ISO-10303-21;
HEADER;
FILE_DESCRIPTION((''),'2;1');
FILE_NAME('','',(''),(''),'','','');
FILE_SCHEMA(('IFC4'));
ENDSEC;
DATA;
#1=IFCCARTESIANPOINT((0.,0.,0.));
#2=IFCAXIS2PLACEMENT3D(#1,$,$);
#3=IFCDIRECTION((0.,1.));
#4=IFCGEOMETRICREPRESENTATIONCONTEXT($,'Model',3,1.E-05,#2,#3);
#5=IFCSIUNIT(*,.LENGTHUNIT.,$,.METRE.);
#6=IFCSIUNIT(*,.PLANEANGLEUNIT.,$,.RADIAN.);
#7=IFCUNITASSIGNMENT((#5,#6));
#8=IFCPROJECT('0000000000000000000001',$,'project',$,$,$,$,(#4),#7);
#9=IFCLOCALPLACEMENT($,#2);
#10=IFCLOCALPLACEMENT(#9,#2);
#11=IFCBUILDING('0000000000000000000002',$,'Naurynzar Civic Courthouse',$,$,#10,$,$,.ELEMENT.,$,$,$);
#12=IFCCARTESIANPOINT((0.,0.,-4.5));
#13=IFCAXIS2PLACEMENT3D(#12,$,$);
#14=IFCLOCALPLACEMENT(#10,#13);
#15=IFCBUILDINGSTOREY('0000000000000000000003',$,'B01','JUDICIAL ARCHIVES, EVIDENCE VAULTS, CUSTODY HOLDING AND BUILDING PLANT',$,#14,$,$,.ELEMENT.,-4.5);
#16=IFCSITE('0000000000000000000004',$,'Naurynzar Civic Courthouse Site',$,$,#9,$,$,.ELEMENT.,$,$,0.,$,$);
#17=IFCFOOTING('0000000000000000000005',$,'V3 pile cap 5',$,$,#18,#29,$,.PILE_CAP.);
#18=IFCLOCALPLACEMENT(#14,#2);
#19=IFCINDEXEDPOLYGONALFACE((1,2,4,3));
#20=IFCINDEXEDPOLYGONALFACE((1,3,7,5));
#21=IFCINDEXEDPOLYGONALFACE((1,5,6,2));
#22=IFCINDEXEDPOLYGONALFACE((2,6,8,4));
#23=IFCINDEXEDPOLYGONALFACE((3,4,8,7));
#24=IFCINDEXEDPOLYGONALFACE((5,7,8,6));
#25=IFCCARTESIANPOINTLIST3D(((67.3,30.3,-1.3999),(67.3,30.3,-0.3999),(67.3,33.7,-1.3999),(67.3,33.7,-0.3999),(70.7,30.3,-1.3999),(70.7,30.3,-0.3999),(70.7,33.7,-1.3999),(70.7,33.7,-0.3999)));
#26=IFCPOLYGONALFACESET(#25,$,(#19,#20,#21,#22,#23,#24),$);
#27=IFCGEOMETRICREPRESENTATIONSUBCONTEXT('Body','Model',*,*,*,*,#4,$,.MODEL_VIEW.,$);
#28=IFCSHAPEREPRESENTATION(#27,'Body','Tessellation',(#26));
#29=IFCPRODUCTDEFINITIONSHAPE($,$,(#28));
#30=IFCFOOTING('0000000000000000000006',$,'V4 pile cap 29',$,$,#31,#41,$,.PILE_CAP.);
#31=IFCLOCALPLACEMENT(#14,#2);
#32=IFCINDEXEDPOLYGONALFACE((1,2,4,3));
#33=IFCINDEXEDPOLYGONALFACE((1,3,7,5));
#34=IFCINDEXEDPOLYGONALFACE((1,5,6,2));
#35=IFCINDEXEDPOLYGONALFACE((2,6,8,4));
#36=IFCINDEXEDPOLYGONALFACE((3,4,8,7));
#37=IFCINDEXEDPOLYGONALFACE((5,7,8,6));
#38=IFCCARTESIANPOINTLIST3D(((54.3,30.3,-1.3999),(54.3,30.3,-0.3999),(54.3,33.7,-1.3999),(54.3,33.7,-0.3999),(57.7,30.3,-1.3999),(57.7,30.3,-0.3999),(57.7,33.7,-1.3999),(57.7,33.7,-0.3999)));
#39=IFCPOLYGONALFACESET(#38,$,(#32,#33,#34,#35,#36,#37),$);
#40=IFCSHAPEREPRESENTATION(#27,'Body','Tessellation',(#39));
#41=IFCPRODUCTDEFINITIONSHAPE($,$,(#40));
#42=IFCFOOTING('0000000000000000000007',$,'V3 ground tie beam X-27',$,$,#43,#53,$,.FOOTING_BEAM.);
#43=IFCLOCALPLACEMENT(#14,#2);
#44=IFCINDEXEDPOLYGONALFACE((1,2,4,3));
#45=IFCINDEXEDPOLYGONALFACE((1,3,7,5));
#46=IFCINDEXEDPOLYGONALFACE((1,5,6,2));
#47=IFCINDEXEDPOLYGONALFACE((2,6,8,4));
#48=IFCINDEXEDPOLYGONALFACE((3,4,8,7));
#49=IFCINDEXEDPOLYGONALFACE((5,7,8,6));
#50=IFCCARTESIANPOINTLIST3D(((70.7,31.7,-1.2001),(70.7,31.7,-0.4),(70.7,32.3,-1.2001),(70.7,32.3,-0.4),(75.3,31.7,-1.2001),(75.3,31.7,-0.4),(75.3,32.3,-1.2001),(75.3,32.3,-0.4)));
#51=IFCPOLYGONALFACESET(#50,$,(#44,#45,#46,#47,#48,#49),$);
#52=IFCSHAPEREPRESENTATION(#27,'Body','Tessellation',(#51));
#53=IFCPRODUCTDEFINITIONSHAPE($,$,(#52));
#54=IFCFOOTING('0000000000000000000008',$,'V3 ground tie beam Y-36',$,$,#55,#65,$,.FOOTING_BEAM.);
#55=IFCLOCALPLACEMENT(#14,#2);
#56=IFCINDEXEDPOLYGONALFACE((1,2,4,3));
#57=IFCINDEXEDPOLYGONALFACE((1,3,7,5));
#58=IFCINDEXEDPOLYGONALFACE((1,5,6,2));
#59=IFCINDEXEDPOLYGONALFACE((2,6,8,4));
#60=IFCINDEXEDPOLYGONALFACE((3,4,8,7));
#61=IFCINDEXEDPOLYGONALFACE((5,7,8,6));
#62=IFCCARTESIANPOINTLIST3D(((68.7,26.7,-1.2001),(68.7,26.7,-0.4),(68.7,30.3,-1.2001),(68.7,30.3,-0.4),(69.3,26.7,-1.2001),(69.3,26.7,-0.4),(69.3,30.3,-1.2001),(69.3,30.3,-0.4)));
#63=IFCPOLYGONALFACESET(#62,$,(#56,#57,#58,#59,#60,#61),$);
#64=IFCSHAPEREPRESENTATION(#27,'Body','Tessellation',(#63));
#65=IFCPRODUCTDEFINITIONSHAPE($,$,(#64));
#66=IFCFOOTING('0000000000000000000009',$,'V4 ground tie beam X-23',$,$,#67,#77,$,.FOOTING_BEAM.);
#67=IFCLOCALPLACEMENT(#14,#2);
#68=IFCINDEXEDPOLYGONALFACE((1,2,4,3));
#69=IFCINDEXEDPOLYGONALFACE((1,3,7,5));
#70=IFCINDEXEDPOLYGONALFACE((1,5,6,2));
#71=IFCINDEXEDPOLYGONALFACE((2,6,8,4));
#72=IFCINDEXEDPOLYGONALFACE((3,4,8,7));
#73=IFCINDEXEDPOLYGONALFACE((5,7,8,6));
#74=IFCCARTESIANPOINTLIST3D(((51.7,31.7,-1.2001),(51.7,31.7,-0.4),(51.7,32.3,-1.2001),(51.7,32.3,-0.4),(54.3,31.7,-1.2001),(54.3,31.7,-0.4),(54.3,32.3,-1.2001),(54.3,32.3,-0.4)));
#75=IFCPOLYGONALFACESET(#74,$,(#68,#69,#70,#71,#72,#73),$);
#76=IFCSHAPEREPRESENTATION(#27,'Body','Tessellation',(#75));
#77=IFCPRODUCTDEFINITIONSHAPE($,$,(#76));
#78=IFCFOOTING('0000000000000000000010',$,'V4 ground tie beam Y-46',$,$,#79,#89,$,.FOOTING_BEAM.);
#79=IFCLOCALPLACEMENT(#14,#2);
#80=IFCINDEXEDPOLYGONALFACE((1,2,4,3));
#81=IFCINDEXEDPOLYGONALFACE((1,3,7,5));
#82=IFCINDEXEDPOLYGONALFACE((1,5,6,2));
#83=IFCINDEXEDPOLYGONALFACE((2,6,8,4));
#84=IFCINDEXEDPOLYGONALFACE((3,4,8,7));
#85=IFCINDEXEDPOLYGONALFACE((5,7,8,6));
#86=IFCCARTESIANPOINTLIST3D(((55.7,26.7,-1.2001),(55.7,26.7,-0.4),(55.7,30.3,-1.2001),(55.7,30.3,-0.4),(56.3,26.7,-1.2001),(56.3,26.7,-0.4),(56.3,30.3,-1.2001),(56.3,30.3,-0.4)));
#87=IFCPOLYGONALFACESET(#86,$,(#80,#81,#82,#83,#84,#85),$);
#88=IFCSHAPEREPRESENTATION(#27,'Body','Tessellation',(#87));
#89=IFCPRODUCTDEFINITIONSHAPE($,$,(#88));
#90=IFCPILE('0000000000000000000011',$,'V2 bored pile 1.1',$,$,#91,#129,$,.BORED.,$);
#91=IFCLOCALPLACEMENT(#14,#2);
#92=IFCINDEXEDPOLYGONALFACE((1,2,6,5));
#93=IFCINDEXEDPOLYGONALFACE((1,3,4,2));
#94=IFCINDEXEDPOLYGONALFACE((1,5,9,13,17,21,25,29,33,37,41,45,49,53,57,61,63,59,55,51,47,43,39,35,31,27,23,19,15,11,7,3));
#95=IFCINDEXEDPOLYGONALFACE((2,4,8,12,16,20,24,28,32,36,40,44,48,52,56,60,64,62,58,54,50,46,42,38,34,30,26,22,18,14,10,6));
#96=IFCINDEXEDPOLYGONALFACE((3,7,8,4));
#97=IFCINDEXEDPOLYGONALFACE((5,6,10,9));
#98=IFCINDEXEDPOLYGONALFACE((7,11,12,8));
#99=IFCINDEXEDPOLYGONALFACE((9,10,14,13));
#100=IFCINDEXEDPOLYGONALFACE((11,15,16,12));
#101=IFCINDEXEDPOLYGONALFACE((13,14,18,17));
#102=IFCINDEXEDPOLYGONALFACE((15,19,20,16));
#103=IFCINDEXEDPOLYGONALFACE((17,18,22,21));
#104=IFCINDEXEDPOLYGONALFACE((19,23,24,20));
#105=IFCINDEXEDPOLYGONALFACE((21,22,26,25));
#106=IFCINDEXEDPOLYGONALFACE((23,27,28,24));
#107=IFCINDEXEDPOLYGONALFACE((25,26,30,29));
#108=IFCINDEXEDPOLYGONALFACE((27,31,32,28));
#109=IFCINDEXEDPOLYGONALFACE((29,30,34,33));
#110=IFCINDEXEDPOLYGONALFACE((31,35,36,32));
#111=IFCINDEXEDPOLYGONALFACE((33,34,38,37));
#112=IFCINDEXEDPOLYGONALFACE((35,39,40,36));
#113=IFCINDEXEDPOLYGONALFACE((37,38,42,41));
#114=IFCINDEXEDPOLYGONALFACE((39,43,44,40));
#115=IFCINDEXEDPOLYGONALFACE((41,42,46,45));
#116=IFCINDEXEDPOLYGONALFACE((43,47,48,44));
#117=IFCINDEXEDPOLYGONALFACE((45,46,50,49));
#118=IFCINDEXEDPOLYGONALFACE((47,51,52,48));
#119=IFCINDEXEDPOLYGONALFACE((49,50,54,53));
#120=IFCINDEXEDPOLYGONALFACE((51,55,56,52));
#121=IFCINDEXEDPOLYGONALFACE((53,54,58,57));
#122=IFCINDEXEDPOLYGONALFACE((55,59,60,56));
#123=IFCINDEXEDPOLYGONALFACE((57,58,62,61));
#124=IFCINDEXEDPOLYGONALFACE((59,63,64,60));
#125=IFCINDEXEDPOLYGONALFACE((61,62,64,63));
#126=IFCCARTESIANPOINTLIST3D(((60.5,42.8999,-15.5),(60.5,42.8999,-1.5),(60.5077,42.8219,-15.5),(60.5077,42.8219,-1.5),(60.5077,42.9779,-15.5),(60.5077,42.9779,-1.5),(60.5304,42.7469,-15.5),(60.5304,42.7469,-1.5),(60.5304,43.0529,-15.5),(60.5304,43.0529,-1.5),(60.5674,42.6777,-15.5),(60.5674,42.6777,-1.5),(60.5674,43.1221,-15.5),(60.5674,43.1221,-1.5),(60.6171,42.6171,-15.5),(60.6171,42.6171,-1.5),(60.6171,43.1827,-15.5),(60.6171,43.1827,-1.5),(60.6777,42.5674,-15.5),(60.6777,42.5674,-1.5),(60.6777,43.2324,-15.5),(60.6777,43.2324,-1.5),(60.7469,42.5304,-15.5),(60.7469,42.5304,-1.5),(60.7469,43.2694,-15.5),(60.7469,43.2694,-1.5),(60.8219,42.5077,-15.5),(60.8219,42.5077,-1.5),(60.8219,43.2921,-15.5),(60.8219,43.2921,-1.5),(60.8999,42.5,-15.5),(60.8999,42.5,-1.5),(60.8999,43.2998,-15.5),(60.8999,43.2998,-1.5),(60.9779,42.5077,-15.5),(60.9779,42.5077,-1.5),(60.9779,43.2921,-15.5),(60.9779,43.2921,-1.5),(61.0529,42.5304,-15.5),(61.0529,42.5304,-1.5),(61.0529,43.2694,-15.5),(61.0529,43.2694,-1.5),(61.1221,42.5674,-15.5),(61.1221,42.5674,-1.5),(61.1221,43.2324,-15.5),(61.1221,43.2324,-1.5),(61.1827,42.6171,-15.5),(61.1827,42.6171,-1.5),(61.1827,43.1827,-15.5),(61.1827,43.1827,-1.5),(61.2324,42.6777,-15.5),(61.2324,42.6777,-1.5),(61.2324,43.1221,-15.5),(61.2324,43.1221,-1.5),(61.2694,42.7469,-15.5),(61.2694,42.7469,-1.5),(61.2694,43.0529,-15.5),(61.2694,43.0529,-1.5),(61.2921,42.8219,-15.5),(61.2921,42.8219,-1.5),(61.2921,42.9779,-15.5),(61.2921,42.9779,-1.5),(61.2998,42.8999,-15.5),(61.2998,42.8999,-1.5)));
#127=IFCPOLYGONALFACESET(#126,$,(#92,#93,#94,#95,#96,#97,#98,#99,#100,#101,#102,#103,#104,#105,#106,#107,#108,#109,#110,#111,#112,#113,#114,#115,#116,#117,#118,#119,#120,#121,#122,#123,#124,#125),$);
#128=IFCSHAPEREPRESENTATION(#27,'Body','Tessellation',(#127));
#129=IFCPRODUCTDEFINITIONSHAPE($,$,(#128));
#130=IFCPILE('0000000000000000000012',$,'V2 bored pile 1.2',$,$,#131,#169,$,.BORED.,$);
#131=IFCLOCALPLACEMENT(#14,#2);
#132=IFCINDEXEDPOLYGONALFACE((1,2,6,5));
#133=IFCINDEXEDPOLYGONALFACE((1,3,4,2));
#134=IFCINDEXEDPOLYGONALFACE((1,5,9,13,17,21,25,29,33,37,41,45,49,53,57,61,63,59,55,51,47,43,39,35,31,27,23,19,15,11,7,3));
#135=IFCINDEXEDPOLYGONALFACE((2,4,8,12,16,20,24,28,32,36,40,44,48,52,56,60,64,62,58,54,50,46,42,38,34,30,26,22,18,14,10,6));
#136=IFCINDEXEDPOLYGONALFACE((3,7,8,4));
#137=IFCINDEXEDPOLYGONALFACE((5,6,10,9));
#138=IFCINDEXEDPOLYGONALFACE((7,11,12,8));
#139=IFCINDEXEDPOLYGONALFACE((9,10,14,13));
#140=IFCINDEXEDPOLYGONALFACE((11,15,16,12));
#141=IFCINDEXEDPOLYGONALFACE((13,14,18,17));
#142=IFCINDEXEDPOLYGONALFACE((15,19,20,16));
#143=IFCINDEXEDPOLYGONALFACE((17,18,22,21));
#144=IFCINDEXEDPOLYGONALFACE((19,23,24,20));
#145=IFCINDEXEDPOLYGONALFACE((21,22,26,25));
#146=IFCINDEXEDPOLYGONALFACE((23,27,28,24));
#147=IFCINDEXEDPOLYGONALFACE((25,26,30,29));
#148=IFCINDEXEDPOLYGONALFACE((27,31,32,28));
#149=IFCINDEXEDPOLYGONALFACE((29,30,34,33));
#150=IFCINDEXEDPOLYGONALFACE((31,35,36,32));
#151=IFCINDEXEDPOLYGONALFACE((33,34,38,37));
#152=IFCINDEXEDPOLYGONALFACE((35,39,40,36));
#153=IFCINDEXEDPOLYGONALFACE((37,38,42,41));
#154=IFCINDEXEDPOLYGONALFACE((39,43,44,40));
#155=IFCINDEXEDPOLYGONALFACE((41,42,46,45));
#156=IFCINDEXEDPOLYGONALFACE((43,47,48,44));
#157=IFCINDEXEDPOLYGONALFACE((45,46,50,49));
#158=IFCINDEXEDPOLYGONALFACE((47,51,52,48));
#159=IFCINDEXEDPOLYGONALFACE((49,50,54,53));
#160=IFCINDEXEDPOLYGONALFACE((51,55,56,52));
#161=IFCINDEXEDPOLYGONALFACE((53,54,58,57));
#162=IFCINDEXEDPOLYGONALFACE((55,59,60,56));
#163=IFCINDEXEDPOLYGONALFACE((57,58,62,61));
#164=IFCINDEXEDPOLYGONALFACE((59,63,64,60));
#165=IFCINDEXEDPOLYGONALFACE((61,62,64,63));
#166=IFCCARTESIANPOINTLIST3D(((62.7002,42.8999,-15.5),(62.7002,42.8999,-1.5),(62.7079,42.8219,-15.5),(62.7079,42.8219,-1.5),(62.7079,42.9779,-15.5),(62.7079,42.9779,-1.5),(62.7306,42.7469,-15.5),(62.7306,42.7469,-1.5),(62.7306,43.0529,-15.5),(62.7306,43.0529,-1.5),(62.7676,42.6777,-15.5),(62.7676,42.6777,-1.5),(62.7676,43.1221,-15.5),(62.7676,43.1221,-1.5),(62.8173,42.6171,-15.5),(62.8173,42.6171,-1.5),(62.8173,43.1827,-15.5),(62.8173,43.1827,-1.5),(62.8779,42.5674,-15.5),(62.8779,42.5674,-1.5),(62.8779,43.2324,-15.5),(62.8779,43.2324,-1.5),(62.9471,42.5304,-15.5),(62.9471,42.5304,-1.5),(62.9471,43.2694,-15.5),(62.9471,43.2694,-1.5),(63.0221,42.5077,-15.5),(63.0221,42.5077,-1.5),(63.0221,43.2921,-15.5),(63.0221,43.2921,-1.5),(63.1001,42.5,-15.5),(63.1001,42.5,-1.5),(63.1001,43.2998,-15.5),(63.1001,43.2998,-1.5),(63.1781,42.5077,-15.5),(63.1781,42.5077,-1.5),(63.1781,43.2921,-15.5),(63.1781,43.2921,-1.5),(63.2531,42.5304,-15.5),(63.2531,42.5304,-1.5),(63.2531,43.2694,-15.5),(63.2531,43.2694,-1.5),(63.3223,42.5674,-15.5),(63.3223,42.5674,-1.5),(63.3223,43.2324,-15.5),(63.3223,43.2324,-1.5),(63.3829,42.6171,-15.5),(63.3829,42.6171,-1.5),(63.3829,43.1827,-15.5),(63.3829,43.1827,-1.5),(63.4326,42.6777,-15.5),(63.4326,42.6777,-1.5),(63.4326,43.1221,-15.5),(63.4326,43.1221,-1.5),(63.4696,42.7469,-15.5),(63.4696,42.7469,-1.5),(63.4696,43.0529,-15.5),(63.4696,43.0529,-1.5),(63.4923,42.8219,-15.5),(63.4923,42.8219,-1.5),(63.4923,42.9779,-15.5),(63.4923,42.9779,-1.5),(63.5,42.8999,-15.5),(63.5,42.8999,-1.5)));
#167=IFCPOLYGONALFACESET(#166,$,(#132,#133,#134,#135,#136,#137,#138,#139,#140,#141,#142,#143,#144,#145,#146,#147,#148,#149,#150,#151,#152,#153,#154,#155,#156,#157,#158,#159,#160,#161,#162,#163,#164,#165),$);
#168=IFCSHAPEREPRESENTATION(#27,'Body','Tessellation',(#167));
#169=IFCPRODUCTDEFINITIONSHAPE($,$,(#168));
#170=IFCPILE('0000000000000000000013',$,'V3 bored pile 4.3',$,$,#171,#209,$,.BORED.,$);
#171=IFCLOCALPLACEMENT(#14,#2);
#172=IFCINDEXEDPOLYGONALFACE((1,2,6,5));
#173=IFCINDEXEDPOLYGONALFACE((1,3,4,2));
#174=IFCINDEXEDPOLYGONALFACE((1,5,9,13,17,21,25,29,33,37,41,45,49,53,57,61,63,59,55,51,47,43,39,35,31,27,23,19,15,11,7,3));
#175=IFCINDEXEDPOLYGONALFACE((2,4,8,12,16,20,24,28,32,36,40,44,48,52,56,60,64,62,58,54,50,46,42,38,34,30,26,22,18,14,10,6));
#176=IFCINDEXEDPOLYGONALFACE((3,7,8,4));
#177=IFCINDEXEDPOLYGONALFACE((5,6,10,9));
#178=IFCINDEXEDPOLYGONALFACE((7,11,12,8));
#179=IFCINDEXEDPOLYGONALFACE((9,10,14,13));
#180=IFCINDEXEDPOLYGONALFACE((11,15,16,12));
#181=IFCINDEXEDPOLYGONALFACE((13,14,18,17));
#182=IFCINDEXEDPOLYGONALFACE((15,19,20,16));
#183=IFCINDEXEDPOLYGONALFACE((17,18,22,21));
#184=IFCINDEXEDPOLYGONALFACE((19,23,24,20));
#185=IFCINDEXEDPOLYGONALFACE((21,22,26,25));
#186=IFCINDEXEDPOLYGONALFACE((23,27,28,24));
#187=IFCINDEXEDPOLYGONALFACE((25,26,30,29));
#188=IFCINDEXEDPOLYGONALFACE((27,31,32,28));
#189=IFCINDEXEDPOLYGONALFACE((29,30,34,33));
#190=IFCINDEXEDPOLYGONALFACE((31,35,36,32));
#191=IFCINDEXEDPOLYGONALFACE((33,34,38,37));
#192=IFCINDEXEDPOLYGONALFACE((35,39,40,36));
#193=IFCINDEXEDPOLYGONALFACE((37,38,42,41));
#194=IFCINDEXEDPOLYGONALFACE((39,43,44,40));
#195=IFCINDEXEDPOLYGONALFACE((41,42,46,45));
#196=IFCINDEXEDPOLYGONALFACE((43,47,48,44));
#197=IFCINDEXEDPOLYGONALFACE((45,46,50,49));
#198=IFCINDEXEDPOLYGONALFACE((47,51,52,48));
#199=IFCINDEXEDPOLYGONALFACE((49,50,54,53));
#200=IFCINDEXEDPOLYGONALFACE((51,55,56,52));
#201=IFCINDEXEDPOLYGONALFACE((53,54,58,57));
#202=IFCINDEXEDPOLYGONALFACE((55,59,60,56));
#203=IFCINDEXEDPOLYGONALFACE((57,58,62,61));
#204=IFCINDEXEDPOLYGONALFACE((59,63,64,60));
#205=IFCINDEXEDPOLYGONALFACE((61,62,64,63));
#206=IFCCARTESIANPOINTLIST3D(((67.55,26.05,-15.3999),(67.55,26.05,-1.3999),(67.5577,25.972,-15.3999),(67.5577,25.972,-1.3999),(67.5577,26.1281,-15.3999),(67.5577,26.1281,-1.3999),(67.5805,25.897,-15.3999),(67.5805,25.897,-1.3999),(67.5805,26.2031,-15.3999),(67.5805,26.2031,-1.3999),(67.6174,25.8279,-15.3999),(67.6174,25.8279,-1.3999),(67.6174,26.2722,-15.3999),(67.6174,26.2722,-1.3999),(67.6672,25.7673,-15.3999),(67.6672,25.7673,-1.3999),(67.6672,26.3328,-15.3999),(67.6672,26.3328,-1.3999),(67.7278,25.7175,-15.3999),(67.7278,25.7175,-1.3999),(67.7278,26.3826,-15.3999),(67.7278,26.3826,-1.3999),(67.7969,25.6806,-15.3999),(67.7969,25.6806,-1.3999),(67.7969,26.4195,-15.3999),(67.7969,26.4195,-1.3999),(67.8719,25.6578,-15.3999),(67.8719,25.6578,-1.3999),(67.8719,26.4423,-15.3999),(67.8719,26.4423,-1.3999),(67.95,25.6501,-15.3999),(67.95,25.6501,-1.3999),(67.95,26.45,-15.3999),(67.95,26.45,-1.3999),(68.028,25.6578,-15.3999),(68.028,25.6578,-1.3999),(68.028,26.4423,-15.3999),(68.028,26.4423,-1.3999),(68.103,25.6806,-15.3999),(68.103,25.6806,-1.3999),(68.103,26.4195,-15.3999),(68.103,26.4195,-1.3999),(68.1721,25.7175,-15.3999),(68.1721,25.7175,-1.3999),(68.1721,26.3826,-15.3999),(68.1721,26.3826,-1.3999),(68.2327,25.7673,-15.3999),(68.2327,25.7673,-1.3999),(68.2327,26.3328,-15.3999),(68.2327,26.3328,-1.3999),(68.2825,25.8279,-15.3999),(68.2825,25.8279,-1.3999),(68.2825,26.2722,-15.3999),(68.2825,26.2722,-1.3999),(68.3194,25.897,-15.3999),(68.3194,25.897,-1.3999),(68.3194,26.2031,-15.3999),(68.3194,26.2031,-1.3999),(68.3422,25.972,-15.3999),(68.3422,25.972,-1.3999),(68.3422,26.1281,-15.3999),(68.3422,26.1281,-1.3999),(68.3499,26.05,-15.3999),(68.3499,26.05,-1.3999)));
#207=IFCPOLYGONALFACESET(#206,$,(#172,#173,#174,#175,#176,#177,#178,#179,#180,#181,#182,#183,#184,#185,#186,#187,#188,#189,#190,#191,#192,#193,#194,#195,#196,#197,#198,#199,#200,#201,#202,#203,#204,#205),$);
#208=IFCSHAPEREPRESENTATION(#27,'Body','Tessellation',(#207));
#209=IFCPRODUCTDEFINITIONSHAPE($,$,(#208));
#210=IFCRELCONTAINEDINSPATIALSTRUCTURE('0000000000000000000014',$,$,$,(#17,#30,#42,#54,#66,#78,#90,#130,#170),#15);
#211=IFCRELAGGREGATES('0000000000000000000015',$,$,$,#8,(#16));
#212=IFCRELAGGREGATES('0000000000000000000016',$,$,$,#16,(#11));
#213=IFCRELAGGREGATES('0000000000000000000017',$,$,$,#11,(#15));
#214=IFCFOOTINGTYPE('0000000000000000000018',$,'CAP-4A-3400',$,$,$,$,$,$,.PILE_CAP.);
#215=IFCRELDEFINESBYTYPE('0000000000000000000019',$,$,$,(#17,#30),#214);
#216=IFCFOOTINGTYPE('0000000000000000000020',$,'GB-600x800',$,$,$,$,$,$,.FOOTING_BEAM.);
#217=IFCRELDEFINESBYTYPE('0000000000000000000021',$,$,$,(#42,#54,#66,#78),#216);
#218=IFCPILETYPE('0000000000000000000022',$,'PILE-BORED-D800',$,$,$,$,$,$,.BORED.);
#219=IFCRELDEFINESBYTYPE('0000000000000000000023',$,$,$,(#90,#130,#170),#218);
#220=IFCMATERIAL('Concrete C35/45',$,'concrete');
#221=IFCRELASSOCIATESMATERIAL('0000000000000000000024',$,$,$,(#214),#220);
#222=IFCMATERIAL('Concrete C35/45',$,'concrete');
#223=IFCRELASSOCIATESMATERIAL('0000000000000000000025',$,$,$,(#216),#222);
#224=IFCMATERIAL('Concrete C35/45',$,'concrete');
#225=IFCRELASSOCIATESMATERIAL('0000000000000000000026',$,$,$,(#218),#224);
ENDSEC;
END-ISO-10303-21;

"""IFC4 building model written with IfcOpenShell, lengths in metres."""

from ifc_helpers import new_model, si_unit, direction, frame, origin, origin_2d, place, context, subcontext, project, spatial, rectangle, circle, extrude, material, material_profile, profile_set, type_object, element, save


model = new_model("IFC4")

# Units and contexts
model_context = context("Model", 3, precision=1e-05, world=origin(), true_north=direction((0.0, 1.0)))
body_context = subcontext(model_context, "Body", "Model", "MODEL_VIEW")
ifc_project = project(units=[si_unit("LENGTHUNIT", "METRE"), si_unit("PLANEANGLEUNIT", "RADIAN")], contexts=[model_context])

# Site, building, storey
site_placement = place(None, origin())
site = spatial("IfcSite", under=ifc_project, at=site_placement, Name="Naurynzar Civic Courthouse Site", CompositionType="ELEMENT", RefElevation=0.0)
building_placement = place(site_placement, origin())
building = spatial("IfcBuilding", under=site, at=building_placement, Name="Naurynzar Civic Courthouse", CompositionType="ELEMENT")
storey_placement = place(building_placement, frame((0.0, 0.0, -4.5)))
storey = spatial("IfcBuildingStorey", under=building, at=storey_placement, Name="B01", Description="JUDICIAL ARCHIVES, EVIDENCE VAULTS, CUSTODY HOLDING AND BUILDING PLANT", CompositionType="ELEMENT", Elevation=-4.5)

# Footings
ifc_material_1 = material(Name="Concrete C35/45", Category="concrete")
footing_type_1 = type_object("IfcFootingType", Name="CAP-4A-3400", PredefinedType="PILE_CAP", material=ifc_material_1)
for number, where, z_axis, x_axis, name in (
    (1, (69.0, 32.0, -1.3999), (0.0, 0.0, 1.0), (1.0, 0.0, 0.0), "V3 pile cap 5"),
    (2, (56.0, 32.0, -1.3999), (0.0, 0.0, 1.0), (1.0, 0.0, 0.0), "V4 pile cap 29"),
):
    element("IfcFooting", number, at=place(storey_placement, frame(where, z_axis=z_axis, x_axis=x_axis)), inside=storey, type_object=footing_type_1, Name=name, PredefinedType="PILE_CAP", context=body_context, shape_type="SweptSolid", body=[
        extrude(rectangle(XDim=3.3999, YDim=3.3999, at=origin_2d()), origin(), (0.0, 0.0, 1.0), 1.0),
    ])
ifc_material_2 = material(Name="Concrete C35/45", Category="concrete")
ifc_material_profile_1 = material_profile(ifc_material_2, rectangle(XDim=0.6001, YDim=0.8, at=origin_2d()), Name="GB 600x800")
ifc_profile_set_1 = profile_set([ifc_material_profile_1], Name="Concrete C35/45")
footing_type_2 = type_object("IfcFootingType", Name="GB-600x800", PredefinedType="FOOTING_BEAM", material=ifc_profile_set_1)
footing_1_placement = place(storey_placement, frame((70.7, 32.0, -0.8), z_axis=(1.0, 0.0, 0.0), x_axis=(0.0, 1.0, 0.0)))
element("IfcFooting", 3, at=footing_1_placement, inside=storey, type_object=footing_type_2, Name="V3 ground tie beam X-27", PredefinedType="FOOTING_BEAM", context=body_context, shape_type="SweptSolid", body=[
    extrude(rectangle(XDim=0.6001, YDim=0.8, at=origin_2d()), origin(), (0.0, 0.0, 1.0), 4.6001),
])
footing_2_placement = place(storey_placement, frame((69.0, 26.7, -0.8), z_axis=(0.0, 1.0, 0.0), x_axis=(-1.0, 0.0, 0.0)))
element("IfcFooting", 4, at=footing_2_placement, inside=storey, type_object=footing_type_2, Name="V3 ground tie beam Y-36", PredefinedType="FOOTING_BEAM", context=body_context, shape_type="SweptSolid", body=[
    extrude(rectangle(XDim=0.6001, YDim=0.8, at=origin_2d()), origin(), (0.0, 0.0, 1.0), 3.6001),
])
footing_3_placement = place(storey_placement, frame((51.7, 32.0, -0.8), z_axis=(1.0, 0.0, 0.0), x_axis=(0.0, 1.0, 0.0)))
element("IfcFooting", 5, at=footing_3_placement, inside=storey, type_object=footing_type_2, Name="V4 ground tie beam X-23", PredefinedType="FOOTING_BEAM", context=body_context, shape_type="SweptSolid", body=[
    extrude(rectangle(XDim=0.6001, YDim=0.8, at=origin_2d()), origin(), (0.0, 0.0, 1.0), 2.6001),
])
footing_4_placement = place(storey_placement, frame((56.0, 26.7, -0.8), z_axis=(0.0, 1.0, 0.0), x_axis=(-1.0, 0.0, 0.0)))
element("IfcFooting", 6, at=footing_4_placement, inside=storey, type_object=footing_type_2, Name="V4 ground tie beam Y-46", PredefinedType="FOOTING_BEAM", context=body_context, shape_type="SweptSolid", body=[
    extrude(rectangle(XDim=0.6001, YDim=0.8, at=origin_2d()), origin(), (0.0, 0.0, 1.0), 3.6001),
])

# Piles
ifc_material_3 = material(Name="Concrete C35/45", Category="concrete")
ifc_material_profile_2 = material_profile(ifc_material_3, circle(Radius=0.3999, at=origin_2d()), Name="PILE D800")
ifc_profile_set_2 = profile_set([ifc_material_profile_2], Name="Concrete C35/45")
pile_type = type_object("IfcPileType", Name="PILE-BORED-D800", PredefinedType="BORED", material=ifc_profile_set_2)
for number, where, z_axis, x_axis, name in (
    (7, (60.8999, 42.8999, -1.5), (0.0, 0.0, -1.0), (1.0, 0.0, 0.0), "V2 bored pile 1.1"),
    (8, (63.1001, 42.8999, -1.5), (0.0, 0.0, -1.0), (1.0, 0.0, 0.0), "V2 bored pile 1.2"),
    (9, (67.95, 26.05, -1.3999), (0.0, 0.0, -1.0), (1.0, 0.0, 0.0), "V3 bored pile 4.3"),
):
    element("IfcPile", number, at=place(storey_placement, frame(where, z_axis=z_axis, x_axis=x_axis)), inside=storey, type_object=pile_type, Name=name, PredefinedType="BORED", context=body_context, shape_type="SweptSolid", body=[
        extrude(circle(Radius=0.3999, at=origin_2d()), origin(), (0.0, 0.0, 1.0), 14.0),
    ])

save(model, "model.ifc")
